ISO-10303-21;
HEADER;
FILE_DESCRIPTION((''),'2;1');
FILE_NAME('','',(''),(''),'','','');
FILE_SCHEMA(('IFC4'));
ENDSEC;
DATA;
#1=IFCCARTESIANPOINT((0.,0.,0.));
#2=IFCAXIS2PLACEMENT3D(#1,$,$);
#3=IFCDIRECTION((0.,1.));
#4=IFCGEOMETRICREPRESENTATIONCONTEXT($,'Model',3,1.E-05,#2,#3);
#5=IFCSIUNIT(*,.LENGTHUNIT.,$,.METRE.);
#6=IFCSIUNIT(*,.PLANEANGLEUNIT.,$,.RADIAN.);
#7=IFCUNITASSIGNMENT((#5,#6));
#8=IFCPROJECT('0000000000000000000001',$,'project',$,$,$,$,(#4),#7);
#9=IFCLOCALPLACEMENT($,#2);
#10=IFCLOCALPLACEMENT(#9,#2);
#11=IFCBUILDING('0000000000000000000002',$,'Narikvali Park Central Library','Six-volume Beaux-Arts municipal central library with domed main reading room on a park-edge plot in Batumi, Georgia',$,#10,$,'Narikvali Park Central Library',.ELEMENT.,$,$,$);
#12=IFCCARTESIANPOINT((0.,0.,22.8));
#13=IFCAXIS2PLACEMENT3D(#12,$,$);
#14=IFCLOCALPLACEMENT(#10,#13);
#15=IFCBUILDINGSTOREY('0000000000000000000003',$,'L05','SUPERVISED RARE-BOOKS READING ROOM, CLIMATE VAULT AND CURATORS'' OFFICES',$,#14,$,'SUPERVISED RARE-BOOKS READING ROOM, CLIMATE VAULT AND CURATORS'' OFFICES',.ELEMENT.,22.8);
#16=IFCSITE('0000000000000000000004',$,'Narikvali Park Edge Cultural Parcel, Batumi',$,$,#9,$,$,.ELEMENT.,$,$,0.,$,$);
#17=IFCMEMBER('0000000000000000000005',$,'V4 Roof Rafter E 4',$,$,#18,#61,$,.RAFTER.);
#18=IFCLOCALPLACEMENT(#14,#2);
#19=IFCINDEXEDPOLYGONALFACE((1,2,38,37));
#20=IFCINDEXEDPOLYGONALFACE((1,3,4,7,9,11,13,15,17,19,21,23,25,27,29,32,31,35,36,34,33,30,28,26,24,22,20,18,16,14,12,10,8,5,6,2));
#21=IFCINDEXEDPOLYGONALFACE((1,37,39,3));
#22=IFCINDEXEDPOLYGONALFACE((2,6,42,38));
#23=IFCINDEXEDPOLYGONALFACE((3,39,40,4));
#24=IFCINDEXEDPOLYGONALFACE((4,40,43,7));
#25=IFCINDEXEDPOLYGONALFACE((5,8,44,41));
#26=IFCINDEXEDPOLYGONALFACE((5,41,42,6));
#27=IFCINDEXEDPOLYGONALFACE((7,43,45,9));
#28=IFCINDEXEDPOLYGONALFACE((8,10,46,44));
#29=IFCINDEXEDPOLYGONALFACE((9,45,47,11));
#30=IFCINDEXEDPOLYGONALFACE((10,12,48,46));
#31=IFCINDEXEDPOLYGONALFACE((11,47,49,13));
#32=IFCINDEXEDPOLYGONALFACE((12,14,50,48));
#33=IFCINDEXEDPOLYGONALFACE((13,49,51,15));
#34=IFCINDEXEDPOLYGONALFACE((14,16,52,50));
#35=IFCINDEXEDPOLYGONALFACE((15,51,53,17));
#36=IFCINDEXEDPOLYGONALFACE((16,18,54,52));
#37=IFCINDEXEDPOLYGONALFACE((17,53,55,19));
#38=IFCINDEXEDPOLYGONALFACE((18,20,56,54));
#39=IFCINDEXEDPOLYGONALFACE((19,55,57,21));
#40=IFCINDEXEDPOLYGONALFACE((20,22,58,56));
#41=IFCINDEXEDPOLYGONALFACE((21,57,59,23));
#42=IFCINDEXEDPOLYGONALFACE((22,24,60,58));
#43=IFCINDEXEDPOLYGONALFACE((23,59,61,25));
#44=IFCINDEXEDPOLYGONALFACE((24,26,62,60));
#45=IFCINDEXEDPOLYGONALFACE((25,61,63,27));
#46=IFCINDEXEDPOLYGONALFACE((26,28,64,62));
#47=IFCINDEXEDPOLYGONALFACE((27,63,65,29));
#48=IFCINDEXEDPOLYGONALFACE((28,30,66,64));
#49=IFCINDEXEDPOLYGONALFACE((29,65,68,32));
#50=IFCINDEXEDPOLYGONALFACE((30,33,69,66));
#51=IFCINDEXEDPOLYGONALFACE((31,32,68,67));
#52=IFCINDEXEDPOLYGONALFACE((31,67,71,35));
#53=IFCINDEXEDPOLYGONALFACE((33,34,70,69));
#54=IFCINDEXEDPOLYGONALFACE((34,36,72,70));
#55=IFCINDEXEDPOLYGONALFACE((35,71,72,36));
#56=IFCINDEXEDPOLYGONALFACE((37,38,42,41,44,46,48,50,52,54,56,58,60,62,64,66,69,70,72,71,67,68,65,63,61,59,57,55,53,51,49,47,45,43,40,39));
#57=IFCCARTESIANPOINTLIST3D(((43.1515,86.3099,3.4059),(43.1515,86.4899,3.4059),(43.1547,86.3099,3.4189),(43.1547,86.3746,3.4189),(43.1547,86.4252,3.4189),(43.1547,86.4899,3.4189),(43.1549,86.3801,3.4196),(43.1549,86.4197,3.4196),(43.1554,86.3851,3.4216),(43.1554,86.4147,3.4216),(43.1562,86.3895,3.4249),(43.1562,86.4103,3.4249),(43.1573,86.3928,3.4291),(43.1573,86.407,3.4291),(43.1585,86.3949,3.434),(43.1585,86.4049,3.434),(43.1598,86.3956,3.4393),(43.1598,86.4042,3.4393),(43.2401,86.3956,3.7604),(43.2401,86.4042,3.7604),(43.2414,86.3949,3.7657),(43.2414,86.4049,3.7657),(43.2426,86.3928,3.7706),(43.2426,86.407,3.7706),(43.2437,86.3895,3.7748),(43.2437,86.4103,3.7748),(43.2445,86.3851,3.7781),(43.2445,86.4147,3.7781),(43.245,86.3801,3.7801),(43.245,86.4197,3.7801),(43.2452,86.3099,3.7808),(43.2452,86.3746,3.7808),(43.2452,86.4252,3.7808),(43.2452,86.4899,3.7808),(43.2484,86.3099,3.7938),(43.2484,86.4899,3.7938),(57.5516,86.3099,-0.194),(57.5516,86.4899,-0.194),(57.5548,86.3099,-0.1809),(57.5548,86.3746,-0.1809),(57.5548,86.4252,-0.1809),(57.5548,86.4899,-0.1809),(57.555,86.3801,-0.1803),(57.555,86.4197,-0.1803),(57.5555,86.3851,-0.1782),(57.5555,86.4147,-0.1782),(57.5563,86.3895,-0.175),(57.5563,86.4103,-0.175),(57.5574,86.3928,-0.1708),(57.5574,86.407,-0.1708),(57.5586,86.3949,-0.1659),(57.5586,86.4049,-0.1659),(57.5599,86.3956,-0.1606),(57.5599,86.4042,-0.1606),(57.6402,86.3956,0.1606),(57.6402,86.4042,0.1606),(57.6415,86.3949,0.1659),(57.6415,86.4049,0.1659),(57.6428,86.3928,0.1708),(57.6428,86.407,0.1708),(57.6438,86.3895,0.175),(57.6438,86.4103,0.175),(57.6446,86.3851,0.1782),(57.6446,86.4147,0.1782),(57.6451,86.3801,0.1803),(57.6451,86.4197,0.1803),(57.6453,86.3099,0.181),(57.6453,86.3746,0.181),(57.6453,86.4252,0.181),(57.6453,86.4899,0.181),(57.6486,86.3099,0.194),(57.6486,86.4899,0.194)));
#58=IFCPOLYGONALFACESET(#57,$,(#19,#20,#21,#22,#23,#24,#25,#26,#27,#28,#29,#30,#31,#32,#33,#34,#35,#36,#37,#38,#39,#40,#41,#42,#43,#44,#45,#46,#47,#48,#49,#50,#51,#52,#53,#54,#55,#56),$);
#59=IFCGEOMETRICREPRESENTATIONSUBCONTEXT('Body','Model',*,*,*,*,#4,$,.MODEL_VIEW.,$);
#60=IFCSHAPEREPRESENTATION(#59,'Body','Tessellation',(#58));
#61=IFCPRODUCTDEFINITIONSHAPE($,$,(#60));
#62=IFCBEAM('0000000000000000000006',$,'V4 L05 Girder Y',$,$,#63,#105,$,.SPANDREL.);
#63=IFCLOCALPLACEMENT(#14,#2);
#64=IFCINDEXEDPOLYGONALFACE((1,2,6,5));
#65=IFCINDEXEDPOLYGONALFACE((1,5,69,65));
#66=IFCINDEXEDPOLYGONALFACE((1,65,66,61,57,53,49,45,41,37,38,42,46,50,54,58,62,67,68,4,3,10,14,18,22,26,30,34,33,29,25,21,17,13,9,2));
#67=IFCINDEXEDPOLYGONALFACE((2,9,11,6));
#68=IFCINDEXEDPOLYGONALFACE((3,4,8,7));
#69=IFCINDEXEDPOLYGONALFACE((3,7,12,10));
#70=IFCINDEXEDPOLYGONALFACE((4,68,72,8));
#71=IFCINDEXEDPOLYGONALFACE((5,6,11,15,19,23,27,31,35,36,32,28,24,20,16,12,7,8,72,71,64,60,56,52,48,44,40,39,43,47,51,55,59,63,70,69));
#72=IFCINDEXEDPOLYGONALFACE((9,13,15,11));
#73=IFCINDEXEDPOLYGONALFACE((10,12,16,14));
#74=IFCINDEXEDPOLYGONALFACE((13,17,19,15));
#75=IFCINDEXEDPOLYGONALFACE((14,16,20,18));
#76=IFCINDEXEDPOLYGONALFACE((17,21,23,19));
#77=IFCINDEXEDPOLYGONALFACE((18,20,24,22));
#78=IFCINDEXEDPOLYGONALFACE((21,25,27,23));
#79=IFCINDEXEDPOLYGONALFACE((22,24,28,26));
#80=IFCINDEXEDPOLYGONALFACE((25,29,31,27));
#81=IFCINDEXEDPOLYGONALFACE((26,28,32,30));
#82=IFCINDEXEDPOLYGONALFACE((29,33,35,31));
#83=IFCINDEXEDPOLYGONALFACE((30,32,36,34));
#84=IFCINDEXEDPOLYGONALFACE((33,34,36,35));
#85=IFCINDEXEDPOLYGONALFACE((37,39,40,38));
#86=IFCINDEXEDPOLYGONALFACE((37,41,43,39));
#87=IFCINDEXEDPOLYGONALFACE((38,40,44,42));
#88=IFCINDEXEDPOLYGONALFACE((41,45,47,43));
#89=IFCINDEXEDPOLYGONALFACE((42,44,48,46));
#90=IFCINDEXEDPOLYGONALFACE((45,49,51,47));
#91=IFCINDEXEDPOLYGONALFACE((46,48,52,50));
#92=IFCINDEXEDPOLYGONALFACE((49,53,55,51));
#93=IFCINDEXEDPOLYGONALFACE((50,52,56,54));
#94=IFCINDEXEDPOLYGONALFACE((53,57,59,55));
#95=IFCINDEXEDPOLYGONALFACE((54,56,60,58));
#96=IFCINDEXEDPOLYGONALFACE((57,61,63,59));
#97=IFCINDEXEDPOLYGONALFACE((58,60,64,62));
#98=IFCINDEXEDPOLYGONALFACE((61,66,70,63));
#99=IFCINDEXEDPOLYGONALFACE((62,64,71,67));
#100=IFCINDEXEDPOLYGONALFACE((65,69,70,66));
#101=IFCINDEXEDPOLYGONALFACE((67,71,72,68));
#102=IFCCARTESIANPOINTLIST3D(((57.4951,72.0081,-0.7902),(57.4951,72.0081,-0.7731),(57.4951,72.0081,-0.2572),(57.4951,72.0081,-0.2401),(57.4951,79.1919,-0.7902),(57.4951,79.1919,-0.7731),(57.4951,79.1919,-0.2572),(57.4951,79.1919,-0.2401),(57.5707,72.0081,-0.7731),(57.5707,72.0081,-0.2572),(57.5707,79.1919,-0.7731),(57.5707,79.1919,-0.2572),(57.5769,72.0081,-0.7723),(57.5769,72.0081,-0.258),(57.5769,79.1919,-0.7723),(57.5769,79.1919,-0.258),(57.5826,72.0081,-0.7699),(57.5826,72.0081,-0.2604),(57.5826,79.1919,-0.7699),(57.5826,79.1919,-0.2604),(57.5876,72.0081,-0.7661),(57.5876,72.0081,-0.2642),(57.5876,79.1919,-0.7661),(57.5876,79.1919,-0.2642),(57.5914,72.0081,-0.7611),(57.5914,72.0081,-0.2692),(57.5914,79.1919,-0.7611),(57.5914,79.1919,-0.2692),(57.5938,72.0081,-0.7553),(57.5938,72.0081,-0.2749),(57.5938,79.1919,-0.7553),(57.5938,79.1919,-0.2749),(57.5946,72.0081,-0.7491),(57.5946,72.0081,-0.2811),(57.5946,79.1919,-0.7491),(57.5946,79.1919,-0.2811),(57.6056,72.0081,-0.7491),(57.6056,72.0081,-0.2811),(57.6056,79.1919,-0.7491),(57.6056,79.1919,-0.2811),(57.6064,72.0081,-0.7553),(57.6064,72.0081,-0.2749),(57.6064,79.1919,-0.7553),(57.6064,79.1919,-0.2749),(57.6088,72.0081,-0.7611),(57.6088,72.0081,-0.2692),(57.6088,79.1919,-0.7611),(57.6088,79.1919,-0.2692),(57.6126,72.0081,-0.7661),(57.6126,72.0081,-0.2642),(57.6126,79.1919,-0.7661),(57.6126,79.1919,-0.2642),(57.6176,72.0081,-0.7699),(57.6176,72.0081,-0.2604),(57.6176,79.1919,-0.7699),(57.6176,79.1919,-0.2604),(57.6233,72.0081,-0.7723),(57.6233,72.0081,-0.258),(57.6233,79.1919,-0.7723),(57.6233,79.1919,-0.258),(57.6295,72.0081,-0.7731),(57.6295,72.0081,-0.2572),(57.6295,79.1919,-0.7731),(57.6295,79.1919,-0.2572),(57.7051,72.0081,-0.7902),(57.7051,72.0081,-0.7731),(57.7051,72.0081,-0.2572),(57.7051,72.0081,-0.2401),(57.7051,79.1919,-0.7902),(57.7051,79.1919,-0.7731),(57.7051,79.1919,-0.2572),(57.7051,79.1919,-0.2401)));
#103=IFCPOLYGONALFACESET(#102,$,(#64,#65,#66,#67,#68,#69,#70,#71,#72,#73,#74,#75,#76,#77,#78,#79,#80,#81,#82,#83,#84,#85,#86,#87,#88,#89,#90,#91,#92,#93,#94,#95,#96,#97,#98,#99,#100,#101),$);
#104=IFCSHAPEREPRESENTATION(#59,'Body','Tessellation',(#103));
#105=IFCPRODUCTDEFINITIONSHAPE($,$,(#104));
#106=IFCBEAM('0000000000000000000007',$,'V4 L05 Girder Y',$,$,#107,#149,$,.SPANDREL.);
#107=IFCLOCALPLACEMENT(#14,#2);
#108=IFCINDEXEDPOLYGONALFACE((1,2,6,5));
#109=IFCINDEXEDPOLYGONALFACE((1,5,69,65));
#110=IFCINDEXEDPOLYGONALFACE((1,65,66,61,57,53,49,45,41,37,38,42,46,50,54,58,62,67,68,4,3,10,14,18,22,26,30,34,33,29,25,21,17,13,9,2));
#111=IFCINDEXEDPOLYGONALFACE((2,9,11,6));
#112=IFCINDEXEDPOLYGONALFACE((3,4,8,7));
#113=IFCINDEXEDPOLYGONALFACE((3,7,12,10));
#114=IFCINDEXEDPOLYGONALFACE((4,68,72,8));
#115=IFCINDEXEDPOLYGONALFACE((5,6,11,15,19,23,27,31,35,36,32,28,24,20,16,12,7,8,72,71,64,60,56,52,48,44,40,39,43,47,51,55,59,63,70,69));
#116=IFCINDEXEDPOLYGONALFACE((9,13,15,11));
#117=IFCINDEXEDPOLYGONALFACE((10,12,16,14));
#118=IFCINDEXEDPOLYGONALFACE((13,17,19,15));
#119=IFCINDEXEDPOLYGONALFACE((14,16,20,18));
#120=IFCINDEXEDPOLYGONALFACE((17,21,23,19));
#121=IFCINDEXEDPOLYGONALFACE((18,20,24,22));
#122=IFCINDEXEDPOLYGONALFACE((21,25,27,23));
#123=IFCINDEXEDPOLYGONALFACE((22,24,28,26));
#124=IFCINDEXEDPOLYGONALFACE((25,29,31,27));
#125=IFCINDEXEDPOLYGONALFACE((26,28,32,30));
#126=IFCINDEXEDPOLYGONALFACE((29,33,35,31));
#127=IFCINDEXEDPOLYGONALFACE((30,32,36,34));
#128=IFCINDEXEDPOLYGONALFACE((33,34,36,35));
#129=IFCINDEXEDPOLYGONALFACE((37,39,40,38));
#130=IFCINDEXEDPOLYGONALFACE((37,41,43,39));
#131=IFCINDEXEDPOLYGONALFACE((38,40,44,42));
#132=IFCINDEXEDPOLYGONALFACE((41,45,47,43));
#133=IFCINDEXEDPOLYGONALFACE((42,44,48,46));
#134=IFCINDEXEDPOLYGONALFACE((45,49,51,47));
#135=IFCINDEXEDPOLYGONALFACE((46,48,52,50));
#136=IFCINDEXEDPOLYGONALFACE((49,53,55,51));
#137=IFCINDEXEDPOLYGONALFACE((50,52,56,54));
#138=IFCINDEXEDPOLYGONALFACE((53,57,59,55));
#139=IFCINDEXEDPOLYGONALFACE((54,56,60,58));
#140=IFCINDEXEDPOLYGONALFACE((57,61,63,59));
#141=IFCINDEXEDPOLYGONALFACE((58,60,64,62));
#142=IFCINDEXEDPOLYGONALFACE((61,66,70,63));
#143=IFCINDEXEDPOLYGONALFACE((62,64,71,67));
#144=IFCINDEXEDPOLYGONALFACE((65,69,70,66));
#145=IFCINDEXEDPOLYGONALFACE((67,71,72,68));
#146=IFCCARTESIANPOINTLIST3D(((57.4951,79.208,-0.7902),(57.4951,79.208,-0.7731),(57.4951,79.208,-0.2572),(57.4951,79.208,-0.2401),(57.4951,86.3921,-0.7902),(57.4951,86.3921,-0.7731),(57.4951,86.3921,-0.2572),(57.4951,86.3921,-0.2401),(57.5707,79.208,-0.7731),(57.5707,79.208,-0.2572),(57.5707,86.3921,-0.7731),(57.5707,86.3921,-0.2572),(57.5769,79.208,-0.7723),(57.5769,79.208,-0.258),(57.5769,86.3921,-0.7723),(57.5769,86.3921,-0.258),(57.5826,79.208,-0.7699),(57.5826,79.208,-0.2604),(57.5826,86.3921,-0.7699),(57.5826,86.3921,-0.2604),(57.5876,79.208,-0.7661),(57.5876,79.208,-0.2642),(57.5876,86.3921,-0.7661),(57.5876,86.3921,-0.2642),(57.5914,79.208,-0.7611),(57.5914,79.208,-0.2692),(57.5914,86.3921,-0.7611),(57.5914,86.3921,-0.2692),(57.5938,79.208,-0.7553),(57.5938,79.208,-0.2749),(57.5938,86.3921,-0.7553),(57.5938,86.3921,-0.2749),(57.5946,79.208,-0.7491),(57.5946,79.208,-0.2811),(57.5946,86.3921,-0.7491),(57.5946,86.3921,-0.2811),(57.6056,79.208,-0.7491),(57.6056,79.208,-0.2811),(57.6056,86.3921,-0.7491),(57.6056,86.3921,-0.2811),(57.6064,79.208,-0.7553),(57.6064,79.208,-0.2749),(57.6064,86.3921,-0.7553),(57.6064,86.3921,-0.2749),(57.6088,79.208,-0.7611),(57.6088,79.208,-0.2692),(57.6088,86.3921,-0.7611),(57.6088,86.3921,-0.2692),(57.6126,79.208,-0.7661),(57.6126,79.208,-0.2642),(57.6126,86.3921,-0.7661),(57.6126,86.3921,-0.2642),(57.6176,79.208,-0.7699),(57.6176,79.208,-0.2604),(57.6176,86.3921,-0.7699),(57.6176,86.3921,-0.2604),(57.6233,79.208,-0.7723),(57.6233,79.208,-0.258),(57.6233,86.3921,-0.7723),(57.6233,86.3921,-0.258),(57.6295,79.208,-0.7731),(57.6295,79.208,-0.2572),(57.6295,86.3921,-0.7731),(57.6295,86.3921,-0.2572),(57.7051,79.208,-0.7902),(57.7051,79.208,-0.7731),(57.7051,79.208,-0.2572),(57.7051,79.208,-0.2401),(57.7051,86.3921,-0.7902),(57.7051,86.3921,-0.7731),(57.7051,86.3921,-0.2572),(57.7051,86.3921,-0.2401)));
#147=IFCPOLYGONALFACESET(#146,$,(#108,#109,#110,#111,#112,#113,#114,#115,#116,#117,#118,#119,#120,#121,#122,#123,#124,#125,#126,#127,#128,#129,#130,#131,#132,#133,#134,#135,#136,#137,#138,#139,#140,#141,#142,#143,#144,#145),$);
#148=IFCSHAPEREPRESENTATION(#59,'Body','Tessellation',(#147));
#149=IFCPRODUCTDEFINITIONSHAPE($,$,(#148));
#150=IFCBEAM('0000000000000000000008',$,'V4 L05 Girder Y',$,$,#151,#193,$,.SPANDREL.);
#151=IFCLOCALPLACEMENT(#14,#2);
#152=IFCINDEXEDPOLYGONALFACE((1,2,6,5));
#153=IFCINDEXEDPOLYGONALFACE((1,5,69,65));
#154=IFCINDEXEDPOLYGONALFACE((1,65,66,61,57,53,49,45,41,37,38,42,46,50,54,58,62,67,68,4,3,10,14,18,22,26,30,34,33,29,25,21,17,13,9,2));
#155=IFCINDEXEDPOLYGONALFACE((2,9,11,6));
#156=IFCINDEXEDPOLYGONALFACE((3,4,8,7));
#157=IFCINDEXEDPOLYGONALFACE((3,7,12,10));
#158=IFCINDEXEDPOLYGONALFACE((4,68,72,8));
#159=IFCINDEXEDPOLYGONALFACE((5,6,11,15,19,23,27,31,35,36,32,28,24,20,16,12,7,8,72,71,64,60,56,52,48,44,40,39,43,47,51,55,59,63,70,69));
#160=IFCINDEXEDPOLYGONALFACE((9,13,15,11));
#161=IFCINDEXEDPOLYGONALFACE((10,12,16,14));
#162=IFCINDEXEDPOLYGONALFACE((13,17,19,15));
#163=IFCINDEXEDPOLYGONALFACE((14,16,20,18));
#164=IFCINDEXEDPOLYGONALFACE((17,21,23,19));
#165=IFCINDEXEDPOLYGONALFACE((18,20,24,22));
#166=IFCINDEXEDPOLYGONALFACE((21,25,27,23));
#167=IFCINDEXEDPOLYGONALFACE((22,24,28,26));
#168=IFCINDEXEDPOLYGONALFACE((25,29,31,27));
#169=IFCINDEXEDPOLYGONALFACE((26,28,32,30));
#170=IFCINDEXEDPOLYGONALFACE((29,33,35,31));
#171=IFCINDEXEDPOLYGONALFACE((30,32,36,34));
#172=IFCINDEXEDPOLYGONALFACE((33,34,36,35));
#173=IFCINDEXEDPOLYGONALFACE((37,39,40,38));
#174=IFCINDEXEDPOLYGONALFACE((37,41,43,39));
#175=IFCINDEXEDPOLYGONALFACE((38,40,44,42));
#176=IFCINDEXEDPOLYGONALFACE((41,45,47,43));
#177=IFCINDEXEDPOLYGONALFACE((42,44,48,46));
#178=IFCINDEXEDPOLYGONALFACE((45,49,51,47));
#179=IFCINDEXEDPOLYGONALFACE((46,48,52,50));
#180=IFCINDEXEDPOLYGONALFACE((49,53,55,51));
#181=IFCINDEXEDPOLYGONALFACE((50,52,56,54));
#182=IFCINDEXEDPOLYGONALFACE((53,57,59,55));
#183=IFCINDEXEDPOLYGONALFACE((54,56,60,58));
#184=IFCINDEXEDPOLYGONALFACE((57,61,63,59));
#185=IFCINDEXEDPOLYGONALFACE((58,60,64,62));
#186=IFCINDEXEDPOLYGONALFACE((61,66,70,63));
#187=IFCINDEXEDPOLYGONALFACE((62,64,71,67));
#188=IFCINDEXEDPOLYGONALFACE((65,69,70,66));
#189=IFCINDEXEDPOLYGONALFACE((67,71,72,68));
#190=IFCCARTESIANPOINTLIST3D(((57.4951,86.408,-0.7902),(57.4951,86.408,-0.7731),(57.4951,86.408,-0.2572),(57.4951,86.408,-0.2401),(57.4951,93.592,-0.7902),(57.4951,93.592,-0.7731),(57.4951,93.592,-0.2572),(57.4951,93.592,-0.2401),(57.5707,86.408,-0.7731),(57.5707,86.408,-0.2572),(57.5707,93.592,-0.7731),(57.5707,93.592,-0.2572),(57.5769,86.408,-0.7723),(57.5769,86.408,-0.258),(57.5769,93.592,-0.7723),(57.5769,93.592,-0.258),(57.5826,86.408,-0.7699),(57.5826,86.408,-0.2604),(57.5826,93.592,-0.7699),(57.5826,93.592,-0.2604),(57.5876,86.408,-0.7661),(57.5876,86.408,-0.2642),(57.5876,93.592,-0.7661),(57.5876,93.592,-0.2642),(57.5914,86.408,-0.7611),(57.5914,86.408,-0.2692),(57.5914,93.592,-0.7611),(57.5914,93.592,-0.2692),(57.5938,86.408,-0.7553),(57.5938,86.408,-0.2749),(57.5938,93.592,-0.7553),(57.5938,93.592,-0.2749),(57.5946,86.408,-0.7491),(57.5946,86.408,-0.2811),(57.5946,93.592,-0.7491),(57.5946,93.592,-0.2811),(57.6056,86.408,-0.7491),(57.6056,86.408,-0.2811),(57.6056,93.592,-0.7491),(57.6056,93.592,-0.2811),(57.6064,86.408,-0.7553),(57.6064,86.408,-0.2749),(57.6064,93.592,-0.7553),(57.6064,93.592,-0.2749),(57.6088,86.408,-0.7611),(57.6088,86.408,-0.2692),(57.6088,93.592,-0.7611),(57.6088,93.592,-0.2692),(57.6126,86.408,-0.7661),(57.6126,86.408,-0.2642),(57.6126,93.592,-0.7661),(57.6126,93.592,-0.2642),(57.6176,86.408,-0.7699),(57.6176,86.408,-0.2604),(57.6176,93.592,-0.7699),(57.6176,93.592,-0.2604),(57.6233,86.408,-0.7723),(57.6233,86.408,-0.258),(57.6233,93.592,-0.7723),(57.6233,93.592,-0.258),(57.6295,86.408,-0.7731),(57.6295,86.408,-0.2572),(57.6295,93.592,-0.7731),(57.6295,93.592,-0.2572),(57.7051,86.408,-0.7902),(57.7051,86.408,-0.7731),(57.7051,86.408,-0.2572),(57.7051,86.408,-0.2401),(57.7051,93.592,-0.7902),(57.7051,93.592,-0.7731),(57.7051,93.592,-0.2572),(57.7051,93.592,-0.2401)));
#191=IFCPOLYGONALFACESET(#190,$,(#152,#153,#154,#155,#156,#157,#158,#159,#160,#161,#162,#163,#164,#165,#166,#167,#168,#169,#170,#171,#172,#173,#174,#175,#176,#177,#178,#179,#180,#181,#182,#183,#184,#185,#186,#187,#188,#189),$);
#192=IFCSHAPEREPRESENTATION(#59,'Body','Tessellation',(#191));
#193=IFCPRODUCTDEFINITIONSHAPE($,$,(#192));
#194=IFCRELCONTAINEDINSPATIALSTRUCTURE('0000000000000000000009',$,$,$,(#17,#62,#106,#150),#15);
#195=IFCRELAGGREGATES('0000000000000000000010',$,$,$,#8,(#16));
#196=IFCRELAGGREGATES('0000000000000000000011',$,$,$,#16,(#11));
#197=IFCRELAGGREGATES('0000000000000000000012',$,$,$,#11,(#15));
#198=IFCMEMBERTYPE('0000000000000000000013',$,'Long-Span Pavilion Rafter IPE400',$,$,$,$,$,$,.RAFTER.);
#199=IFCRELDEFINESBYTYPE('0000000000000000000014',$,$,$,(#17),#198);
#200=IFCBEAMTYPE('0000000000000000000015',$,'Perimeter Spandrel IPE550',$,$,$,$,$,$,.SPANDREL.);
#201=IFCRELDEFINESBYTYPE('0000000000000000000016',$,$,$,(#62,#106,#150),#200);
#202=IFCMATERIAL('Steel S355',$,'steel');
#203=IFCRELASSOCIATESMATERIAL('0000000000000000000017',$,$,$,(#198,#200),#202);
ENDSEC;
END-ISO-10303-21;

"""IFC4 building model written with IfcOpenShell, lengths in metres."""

from ifc_helpers import new_model, si_unit, direction, frame, origin, origin_2d, place, context, subcontext, project, spatial, i_section, extrude, material, material_profile, profile_set, type_object, element, save


model = new_model("IFC4")

# Units and contexts
model_context = context("Model", 3, precision=1e-05, world=origin(), true_north=direction((0.0, 1.0)))
body_context = subcontext(model_context, "Body", "Model", "MODEL_VIEW")
ifc_project = project(units=[si_unit("LENGTHUNIT", "METRE"), si_unit("PLANEANGLEUNIT", "RADIAN")], contexts=[model_context])

# Site, building, storey
site_placement = place(None, origin())
site = spatial("IfcSite", under=ifc_project, at=site_placement, Name="Narikvali Park Edge Cultural Parcel, Batumi", CompositionType="ELEMENT", RefElevation=0.0)
building_placement = place(site_placement, origin())
building = spatial("IfcBuilding", under=site, at=building_placement, Name="Narikvali Park Central Library", Description="Six-volume Beaux-Arts municipal central library with domed main reading room on a park-edge plot in Batumi, Georgia", LongName="Narikvali Park Central Library", CompositionType="ELEMENT")
storey_placement = place(building_placement, frame((0.0, 0.0, 22.8)))
storey = spatial("IfcBuildingStorey", under=building, at=storey_placement, Name="L05", Description="SUPERVISED RARE-BOOKS READING ROOM, CLIMATE VAULT AND CURATORS' OFFICES", LongName="SUPERVISED RARE-BOOKS READING ROOM, CLIMATE VAULT AND CURATORS' OFFICES", CompositionType="ELEMENT", Elevation=22.8)

# Shared definitions
ifc_material = material(Name="Steel S355", Category="steel")

# Member
ifc_material_profile_1 = material_profile(ifc_material, i_section(OverallWidth=0.1799, OverallDepth=0.3999, WebThickness=0.0085, FlangeThickness=0.0134, FilletRadius=0.021, at=origin_2d()), Name="IPE 400")
ifc_profile_set_1 = profile_set([ifc_material_profile_1], Name="Steel S355")
member_type_1 = type_object("IfcMemberType", Name="Long-Span Pavilion Rafter IPE400", PredefinedType="RAFTER", material=ifc_profile_set_1)
member_1_placement = place(storey_placement, frame((43.2, 86.3999, 3.5999), z_axis=(0.970145, 0.0, -0.242524), x_axis=(0.0, 1.0, 0.0)))
element("IfcMember", 1, at=member_1_placement, inside=storey, type_object=member_type_1, Name="V4 Roof Rafter E 4", PredefinedType="RAFTER", context=body_context, shape_type="SweptSolid", body=[
    extrude(i_section(OverallWidth=0.1799, OverallDepth=0.3999, WebThickness=0.0085, FlangeThickness=0.0134, FilletRadius=0.021, at=origin_2d()), origin(), (0.0, 0.0, 1.0), 14.8433),
])

# Beams
ifc_material_profile_2 = material_profile(ifc_material, i_section(OverallWidth=0.21, OverallDepth=0.55, WebThickness=0.011, FlangeThickness=0.0171, FilletRadius=0.0239, at=origin_2d()), Name="IPE 550")
ifc_profile_set_2 = profile_set([ifc_material_profile_2], Name="Steel S355")
beam_type_1 = type_object("IfcBeamType", Name="Perimeter Spandrel IPE550", PredefinedType="SPANDREL", material=ifc_profile_set_2)
beam_1_placement = place(storey_placement, frame((57.6001, 72.0081, -0.5151), z_axis=(0.0, 1.0, 0.0), x_axis=(-1.0, 0.0, 0.0)))
element("IfcBeam", 2, at=beam_1_placement, inside=storey, type_object=beam_type_1, Name="V4 L05 Girder Y", PredefinedType="SPANDREL", context=body_context, shape_type="SweptSolid", body=[
    extrude(i_section(OverallWidth=0.21, OverallDepth=0.55, WebThickness=0.011, FlangeThickness=0.0171, FilletRadius=0.0239, at=origin_2d()), origin(), (0.0, 0.0, 1.0), 7.1838),
])
for number, where, z_axis, x_axis, name in (
    (3, (57.6001, 79.208, -0.5151), (0.0, 1.0, 0.0), (-1.0, 0.0, 0.0), "V4 L05 Girder Y"),
    (4, (57.6001, 86.408, -0.5151), (0.0, 1.0, 0.0), (-1.0, 0.0, 0.0), "V4 L05 Girder Y"),
):
    element("IfcBeam", number, at=place(storey_placement, frame(where, z_axis=z_axis, x_axis=x_axis)), inside=storey, type_object=beam_type_1, Name=name, PredefinedType="SPANDREL", context=body_context, shape_type="SweptSolid", body=[
        extrude(i_section(OverallWidth=0.21, OverallDepth=0.55, WebThickness=0.011, FlangeThickness=0.0171, FilletRadius=0.0239, at=origin_2d()), origin(), (0.0, 0.0, 1.0), 7.1841),
    ])

save(model, "model.ifc")
